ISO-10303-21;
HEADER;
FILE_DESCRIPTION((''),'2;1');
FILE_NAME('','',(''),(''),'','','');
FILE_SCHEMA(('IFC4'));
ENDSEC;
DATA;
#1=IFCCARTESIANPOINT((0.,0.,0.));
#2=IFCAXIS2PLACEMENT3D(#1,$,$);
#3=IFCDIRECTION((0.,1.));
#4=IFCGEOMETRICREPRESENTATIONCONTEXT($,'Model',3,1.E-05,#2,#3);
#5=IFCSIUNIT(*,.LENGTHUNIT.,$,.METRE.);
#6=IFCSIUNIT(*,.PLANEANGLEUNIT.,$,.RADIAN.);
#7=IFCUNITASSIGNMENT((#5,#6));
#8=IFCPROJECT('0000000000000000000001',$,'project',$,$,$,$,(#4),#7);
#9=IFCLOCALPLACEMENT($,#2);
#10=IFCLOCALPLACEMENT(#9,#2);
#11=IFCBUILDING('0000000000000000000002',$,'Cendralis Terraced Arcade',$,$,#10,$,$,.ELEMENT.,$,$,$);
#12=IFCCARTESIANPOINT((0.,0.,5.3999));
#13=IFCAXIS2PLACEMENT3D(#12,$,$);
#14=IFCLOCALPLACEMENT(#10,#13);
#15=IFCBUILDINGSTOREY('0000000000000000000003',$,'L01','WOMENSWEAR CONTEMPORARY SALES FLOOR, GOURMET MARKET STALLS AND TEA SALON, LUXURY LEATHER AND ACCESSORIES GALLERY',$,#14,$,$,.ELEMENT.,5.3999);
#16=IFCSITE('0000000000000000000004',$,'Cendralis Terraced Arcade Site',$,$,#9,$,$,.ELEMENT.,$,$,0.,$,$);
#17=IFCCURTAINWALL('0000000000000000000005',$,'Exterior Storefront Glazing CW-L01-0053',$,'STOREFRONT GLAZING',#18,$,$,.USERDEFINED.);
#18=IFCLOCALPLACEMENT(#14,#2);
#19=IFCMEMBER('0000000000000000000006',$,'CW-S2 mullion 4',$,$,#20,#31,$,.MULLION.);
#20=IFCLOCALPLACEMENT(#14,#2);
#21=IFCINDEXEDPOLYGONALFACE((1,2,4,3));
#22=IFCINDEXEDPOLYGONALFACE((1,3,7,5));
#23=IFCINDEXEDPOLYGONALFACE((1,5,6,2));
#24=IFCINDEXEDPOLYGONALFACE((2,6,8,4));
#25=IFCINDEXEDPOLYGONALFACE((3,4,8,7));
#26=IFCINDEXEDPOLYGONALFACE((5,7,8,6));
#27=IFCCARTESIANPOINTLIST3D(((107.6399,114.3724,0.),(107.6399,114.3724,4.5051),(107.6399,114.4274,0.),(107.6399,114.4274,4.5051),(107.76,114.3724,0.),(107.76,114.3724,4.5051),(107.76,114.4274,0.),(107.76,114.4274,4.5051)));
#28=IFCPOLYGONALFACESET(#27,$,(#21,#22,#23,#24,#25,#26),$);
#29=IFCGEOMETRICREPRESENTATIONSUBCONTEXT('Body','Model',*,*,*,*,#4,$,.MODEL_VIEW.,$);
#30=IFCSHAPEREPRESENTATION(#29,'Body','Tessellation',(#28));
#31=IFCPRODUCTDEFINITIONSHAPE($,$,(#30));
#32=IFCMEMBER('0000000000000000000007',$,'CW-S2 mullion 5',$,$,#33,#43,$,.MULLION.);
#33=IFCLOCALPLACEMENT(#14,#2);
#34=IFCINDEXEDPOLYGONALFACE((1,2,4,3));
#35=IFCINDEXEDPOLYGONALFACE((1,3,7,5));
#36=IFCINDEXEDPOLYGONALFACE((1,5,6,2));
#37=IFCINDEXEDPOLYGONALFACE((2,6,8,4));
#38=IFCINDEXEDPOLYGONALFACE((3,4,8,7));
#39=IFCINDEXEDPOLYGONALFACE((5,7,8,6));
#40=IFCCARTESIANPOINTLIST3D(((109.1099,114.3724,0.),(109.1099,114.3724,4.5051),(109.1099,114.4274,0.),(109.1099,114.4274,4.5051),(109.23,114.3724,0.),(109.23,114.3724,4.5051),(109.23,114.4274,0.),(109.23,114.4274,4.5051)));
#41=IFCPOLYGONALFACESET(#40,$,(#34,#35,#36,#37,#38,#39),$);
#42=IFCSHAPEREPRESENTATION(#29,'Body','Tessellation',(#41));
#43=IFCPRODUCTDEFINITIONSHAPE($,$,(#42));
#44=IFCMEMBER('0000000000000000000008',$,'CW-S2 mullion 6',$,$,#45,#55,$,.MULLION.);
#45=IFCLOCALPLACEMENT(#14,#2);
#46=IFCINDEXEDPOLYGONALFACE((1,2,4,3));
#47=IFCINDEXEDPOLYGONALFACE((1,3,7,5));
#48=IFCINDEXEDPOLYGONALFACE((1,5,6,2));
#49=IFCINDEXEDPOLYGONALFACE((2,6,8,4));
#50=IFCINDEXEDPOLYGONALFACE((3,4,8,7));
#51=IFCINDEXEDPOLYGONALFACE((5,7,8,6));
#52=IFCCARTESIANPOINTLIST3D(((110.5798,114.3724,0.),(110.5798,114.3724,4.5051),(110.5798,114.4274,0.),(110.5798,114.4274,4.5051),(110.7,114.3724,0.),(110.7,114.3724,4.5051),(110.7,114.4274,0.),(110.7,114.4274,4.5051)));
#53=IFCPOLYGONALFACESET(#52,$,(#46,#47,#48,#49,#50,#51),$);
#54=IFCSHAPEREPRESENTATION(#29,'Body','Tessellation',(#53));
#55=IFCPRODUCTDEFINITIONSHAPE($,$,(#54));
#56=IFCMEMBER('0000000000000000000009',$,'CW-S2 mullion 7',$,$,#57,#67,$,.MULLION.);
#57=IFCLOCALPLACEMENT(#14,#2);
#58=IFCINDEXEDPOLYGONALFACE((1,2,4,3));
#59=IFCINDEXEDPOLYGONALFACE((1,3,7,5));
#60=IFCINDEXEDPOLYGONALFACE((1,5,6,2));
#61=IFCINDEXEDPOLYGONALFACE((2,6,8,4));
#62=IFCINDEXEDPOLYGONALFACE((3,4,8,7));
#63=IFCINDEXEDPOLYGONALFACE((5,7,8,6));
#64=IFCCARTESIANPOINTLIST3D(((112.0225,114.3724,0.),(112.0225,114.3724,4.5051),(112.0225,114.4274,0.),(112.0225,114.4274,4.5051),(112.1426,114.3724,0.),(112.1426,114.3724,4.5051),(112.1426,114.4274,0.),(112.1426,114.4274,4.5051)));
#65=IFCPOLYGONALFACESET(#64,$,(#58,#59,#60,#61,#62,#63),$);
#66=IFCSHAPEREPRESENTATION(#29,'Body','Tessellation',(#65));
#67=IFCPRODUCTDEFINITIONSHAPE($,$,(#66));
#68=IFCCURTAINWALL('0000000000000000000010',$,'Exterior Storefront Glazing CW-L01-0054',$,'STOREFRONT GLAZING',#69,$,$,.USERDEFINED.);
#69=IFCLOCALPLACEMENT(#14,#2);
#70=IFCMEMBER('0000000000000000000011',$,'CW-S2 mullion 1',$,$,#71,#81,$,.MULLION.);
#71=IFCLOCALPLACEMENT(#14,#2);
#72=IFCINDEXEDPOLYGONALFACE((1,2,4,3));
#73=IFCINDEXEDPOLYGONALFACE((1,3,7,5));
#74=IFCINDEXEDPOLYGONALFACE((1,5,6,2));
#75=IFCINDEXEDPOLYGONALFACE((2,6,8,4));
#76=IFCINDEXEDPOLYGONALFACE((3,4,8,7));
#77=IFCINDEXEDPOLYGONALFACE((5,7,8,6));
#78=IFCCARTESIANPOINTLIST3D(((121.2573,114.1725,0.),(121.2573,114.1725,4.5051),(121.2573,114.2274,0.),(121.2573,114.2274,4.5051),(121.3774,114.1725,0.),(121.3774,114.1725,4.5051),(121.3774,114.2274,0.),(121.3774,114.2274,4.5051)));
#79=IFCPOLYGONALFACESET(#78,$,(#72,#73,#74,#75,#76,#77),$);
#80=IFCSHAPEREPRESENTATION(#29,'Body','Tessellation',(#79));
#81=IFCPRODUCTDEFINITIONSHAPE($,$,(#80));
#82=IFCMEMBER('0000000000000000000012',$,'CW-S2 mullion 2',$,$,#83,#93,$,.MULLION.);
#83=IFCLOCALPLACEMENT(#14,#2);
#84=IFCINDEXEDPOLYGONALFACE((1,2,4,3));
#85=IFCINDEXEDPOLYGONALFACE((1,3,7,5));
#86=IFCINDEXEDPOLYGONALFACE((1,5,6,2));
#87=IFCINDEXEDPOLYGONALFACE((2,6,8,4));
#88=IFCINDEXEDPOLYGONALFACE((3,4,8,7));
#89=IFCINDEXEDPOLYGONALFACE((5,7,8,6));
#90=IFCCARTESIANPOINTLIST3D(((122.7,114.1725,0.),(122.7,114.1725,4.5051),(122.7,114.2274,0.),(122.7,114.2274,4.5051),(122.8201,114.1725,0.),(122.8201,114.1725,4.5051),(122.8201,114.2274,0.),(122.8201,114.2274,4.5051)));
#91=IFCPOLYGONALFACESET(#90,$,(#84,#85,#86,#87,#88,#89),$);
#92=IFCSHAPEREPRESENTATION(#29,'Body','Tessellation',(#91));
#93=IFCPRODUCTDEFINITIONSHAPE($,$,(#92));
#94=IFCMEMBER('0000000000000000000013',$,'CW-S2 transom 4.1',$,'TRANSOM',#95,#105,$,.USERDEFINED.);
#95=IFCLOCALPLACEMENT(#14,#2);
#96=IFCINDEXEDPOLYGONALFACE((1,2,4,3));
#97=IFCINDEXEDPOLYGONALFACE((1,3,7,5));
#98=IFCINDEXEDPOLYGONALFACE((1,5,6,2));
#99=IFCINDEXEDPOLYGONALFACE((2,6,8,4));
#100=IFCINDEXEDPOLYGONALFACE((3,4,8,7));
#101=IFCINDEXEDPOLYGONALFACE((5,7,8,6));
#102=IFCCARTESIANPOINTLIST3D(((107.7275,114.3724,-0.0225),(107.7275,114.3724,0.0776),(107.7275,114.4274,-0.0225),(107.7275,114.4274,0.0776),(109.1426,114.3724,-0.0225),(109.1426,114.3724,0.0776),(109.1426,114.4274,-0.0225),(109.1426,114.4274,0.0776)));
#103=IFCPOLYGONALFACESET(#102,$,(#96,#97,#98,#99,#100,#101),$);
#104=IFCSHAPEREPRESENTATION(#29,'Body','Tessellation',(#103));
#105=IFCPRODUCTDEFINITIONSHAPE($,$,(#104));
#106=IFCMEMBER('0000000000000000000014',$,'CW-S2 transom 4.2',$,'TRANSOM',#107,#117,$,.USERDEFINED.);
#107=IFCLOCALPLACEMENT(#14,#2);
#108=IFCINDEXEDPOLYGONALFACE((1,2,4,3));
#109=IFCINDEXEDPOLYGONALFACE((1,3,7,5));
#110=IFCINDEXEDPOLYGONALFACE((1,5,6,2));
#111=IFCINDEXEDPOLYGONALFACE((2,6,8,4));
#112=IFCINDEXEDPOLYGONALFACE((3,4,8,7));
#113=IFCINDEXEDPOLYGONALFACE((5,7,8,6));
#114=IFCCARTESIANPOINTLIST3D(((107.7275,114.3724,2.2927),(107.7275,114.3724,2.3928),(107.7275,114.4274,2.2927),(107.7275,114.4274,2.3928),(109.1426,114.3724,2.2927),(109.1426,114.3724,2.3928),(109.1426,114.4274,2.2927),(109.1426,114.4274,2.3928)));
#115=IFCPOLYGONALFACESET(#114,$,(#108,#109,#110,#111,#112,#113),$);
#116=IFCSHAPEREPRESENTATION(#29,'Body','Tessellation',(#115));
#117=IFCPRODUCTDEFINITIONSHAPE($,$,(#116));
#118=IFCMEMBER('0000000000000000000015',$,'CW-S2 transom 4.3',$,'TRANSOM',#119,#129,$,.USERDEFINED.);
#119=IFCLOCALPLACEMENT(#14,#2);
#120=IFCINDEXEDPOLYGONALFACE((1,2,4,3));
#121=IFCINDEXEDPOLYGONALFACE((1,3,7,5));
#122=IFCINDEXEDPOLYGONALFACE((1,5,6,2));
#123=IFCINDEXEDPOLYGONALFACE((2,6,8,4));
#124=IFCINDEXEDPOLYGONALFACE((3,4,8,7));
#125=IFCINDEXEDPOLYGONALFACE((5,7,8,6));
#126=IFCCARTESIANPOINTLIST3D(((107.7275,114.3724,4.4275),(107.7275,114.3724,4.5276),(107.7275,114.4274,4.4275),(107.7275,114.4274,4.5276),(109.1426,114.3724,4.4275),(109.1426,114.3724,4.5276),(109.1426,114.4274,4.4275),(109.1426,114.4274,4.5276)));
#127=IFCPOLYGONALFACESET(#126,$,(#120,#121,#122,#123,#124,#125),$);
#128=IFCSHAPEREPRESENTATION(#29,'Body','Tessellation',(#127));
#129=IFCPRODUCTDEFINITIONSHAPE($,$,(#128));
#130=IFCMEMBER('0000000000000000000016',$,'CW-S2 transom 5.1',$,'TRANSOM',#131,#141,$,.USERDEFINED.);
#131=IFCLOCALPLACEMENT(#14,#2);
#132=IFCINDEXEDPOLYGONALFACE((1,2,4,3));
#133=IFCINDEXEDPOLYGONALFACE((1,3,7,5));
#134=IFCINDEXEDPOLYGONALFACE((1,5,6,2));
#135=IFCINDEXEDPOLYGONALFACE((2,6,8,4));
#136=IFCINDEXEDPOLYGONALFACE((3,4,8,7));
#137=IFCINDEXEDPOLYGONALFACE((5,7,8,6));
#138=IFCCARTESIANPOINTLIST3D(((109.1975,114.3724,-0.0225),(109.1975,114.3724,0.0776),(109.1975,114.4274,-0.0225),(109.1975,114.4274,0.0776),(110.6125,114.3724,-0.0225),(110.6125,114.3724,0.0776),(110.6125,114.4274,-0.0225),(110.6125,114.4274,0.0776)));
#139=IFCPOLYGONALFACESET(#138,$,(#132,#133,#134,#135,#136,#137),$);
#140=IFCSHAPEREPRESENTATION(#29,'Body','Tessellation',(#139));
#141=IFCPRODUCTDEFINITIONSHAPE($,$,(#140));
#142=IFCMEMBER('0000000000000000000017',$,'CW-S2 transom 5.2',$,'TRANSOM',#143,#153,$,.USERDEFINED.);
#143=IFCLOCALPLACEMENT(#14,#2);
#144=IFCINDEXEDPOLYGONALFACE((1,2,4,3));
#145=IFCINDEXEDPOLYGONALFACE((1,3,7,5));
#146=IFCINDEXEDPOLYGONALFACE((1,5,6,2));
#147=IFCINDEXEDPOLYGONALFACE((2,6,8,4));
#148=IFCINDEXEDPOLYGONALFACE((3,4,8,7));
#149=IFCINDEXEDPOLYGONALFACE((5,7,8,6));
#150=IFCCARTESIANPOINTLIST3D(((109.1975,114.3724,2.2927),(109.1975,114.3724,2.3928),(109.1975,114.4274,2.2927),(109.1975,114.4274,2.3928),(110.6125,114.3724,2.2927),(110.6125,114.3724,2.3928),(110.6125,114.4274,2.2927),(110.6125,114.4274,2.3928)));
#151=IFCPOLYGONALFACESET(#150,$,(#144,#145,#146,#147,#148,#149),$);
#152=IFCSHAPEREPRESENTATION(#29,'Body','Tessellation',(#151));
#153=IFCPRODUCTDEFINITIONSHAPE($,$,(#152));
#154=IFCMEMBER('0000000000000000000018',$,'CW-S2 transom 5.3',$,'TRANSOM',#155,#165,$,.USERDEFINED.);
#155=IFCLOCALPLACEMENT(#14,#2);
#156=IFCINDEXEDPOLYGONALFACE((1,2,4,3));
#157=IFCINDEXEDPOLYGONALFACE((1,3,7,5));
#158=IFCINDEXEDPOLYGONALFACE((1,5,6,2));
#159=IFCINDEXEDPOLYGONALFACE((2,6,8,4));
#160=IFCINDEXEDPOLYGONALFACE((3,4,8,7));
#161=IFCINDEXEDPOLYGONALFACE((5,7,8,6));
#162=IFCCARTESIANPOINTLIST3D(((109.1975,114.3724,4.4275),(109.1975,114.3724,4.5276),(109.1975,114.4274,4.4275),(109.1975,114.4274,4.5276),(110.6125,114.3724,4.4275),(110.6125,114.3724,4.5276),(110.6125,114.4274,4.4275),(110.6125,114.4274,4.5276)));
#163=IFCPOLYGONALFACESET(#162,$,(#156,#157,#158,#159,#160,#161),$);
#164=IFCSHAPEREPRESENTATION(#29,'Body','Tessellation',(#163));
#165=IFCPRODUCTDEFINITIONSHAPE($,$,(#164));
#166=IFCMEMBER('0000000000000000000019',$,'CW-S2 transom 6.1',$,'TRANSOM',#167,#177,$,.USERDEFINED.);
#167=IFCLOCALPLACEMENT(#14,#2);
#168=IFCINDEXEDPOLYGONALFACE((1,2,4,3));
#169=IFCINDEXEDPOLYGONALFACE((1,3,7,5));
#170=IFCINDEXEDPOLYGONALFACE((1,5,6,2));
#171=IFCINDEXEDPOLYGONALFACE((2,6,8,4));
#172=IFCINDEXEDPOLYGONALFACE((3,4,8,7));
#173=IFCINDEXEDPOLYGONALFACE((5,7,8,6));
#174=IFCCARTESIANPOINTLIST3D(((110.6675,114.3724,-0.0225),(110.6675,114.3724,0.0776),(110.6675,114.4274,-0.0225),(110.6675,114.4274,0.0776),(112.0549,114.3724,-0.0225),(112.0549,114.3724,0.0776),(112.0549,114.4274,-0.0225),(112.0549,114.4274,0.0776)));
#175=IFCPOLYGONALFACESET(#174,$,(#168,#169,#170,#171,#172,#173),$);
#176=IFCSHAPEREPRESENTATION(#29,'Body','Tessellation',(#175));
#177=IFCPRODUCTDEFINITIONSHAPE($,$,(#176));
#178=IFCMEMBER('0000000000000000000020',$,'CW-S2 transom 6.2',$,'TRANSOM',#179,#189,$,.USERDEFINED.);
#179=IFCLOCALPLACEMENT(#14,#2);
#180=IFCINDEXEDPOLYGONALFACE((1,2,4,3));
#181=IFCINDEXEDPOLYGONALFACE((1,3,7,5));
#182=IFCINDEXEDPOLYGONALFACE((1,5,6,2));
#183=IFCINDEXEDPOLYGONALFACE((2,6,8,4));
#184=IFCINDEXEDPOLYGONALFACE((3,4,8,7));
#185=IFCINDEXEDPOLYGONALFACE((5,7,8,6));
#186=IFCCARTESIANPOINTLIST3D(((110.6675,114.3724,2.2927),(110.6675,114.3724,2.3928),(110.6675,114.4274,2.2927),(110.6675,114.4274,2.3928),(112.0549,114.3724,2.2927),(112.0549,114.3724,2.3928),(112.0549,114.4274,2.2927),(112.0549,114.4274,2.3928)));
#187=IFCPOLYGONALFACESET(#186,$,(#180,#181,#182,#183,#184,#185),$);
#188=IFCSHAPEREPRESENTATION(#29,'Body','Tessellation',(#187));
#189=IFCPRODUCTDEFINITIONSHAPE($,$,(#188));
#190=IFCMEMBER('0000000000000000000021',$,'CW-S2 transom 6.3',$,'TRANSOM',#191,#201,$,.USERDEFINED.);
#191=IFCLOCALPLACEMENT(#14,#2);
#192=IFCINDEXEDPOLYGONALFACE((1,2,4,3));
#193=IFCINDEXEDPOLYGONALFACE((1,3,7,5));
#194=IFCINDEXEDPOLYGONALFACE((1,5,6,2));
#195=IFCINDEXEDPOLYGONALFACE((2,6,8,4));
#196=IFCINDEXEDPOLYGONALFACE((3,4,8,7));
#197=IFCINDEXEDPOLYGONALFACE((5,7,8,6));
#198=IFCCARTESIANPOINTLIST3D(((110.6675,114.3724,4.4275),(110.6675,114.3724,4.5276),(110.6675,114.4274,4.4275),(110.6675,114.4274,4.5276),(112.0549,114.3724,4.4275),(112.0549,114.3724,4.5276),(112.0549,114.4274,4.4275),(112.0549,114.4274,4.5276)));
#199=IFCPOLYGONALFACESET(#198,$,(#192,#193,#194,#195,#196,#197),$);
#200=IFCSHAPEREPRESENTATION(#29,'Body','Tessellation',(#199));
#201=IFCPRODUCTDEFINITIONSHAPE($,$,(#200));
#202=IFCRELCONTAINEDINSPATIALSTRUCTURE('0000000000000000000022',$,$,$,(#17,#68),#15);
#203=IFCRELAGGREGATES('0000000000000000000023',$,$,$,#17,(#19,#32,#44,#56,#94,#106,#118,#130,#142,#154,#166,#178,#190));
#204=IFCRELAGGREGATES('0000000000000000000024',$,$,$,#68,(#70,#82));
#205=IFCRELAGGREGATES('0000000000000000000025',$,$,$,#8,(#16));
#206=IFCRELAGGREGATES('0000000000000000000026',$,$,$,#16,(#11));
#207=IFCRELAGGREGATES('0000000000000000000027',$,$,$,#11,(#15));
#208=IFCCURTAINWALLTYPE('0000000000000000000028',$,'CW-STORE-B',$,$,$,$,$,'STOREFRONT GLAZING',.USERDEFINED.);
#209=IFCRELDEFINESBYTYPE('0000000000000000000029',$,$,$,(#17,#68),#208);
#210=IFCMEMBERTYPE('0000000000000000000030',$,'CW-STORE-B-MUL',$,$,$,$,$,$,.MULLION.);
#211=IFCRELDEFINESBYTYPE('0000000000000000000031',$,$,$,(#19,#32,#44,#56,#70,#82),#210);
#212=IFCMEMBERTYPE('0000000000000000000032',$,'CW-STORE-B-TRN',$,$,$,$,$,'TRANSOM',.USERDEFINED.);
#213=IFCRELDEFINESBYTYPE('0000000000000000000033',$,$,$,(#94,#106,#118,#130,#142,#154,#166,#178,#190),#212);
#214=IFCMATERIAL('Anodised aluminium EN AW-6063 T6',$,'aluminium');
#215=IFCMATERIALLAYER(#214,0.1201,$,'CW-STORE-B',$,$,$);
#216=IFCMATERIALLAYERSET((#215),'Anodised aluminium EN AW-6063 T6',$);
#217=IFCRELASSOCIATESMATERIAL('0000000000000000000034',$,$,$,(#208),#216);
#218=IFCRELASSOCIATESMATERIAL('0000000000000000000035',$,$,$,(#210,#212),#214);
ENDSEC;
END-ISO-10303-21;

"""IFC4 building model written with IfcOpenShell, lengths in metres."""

from ifc_helpers import new_model, si_unit, direction, frame, origin, origin_2d, place, context, subcontext, project, spatial, rectangle, extrude, material, layer, layer_set, material_profile, profile_set, type_object, element, aggregate, save


model = new_model("IFC4")

# Units and contexts
model_context = context("Model", 3, precision=1e-05, world=origin(), true_north=direction((0.0, 1.0)))
body_context = subcontext(model_context, "Body", "Model", "MODEL_VIEW")
ifc_project = project(units=[si_unit("LENGTHUNIT", "METRE"), si_unit("PLANEANGLEUNIT", "RADIAN")], contexts=[model_context])

# Site, building, storey
site_placement = place(None, origin())
site = spatial("IfcSite", under=ifc_project, at=site_placement, Name="Cendralis Terraced Arcade Site", CompositionType="ELEMENT", RefElevation=0.0)
building_placement = place(site_placement, origin())
building = spatial("IfcBuilding", under=site, at=building_placement, Name="Cendralis Terraced Arcade", CompositionType="ELEMENT")
storey_placement = place(building_placement, frame((0.0, 0.0, 5.3999)))
storey = spatial("IfcBuildingStorey", under=building, at=storey_placement, Name="L01", Description="WOMENSWEAR CONTEMPORARY SALES FLOOR, GOURMET MARKET STALLS AND TEA SALON, LUXURY LEATHER AND ACCESSORIES GALLERY", CompositionType="ELEMENT", Elevation=5.3999)

# Curtain walls, members
ifc_material_1 = material(Name="Anodised aluminium EN AW-6063 T6", Category="aluminium")
ifc_layer_1 = layer(ifc_material_1, 0.1201, Name="CW-STORE-B")
ifc_layer_set_1 = layer_set([ifc_layer_1], Name="Anodised aluminium EN AW-6063 T6")
curtain_wall_type = type_object("IfcCurtainWallType", Name="CW-STORE-B", ElementType="STOREFRONT GLAZING", PredefinedType="USERDEFINED", material=ifc_layer_set_1)
curtain_wall_1_placement = place(storey_placement, origin())
curtain_wall_1 = element("IfcCurtainWall", 1, at=curtain_wall_1_placement, inside=storey, type_object=curtain_wall_type, Name="Exterior Storefront Glazing CW-L01-0053", ObjectType="STOREFRONT GLAZING", PredefinedType="USERDEFINED")
ifc_material_profile_1 = material_profile(ifc_material_1, rectangle(XDim=0.0549, YDim=0.1201, at=origin_2d()), Name="ALU-MUL-55x120")
ifc_profile_set_1 = profile_set([ifc_material_profile_1], Name="Anodised aluminium EN AW-6063 T6")
member_type_1 = type_object("IfcMemberType", Name="CW-STORE-B-MUL", PredefinedType="MULLION", material=ifc_profile_set_1)
member_1_placement = place(storey_placement, frame((107.7, 114.3999, 0.0), z_axis=(0.0, 0.0, 1.0), x_axis=(0.0, 1.0, 0.0)))
member_1 = element("IfcMember", 2, at=member_1_placement, type_object=member_type_1, Name="CW-S2 mullion 4", PredefinedType="MULLION", context=body_context, shape_type="SweptSolid", body=[
    extrude(rectangle(XDim=0.0549, YDim=0.1201, at=origin_2d()), origin(), (0.0, 0.0, 1.0), 4.5051),
])
member_2_placement = place(storey_placement, frame((109.1699, 114.3999, 0.0), z_axis=(0.0, 0.0, 1.0), x_axis=(0.0, 1.0, 0.0)))
member_2 = element("IfcMember", 3, at=member_2_placement, type_object=member_type_1, Name="CW-S2 mullion 5", PredefinedType="MULLION", context=body_context, shape_type="SweptSolid", body=[
    extrude(rectangle(XDim=0.0549, YDim=0.1201, at=origin_2d()), origin(), (0.0, 0.0, 1.0), 4.5051),
])
member_3_placement = place(storey_placement, frame((110.6399, 114.3999, 0.0), z_axis=(0.0, 0.0, 1.0), x_axis=(0.0, 1.0, 0.0)))
member_3 = element("IfcMember", 4, at=member_3_placement, type_object=member_type_1, Name="CW-S2 mullion 6", PredefinedType="MULLION", context=body_context, shape_type="SweptSolid", body=[
    extrude(rectangle(XDim=0.0549, YDim=0.1201, at=origin_2d()), origin(), (0.0, 0.0, 1.0), 4.5051),
])
member_4_placement = place(storey_placement, frame((112.0825, 114.3999, 0.0), z_axis=(0.0, 0.0, 1.0), x_axis=(0.0, 1.0, 0.0)))
member_4 = element("IfcMember", 5, at=member_4_placement, type_object=member_type_1, Name="CW-S2 mullion 7", PredefinedType="MULLION", context=body_context, shape_type="SweptSolid", body=[
    extrude(rectangle(XDim=0.0549, YDim=0.1201, at=origin_2d()), origin(), (0.0, 0.0, 1.0), 4.5051),
])
curtain_wall_2_placement = place(storey_placement, origin())
curtain_wall_2 = element("IfcCurtainWall", 6, at=curtain_wall_2_placement, inside=storey, type_object=curtain_wall_type, Name="Exterior Storefront Glazing CW-L01-0054", ObjectType="STOREFRONT GLAZING", PredefinedType="USERDEFINED")
member_5_placement = place(storey_placement, frame((121.3174, 114.2, 0.0), z_axis=(0.0, 0.0, 1.0), x_axis=(0.0, 1.0, 0.0)))
member_5 = element("IfcMember", 7, at=member_5_placement, type_object=member_type_1, Name="CW-S2 mullion 1", PredefinedType="MULLION", context=body_context, shape_type="SweptSolid", body=[
    extrude(rectangle(XDim=0.0549, YDim=0.1201, at=origin_2d()), origin(), (0.0, 0.0, 1.0), 4.5051),
])
member_6_placement = place(storey_placement, frame((122.76, 114.2, 0.0), z_axis=(0.0, 0.0, 1.0), x_axis=(0.0, 1.0, 0.0)))
member_6 = element("IfcMember", 8, at=member_6_placement, type_object=member_type_1, Name="CW-S2 mullion 2", PredefinedType="MULLION", context=body_context, shape_type="SweptSolid", body=[
    extrude(rectangle(XDim=0.0549, YDim=0.1201, at=origin_2d()), origin(), (0.0, 0.0, 1.0), 4.5051),
])

# Members
ifc_material_profile_2 = material_profile(ifc_material_1, rectangle(XDim=0.0549, YDim=0.1001, at=origin_2d()), Name="ALU-TRN-55x100")
ifc_profile_set_2 = profile_set([ifc_material_profile_2], Name="Anodised aluminium EN AW-6063 T6")
member_type_2 = type_object("IfcMemberType", Name="CW-STORE-B-TRN", ElementType="TRANSOM", PredefinedType="USERDEFINED", material=ifc_profile_set_2)
member_7_placement = place(storey_placement, frame((107.7275, 114.3999, 0.0276), z_axis=(1.0, 0.0, 0.0), x_axis=(0.0, 1.0, 0.0)))
member_7 = element("IfcMember", 9, at=member_7_placement, type_object=member_type_2, Name="CW-S2 transom 4.1", ObjectType="TRANSOM", PredefinedType="USERDEFINED", context=body_context, shape_type="SweptSolid", body=[
    extrude(rectangle(XDim=0.0549, YDim=0.1001, at=origin_2d()), origin(), (0.0, 0.0, 1.0), 1.415),
])
member_8_placement = place(storey_placement, frame((107.7275, 114.3999, 2.3428), z_axis=(1.0, 0.0, 0.0), x_axis=(0.0, 1.0, 0.0)))
member_8 = element("IfcMember", 10, at=member_8_placement, type_object=member_type_2, Name="CW-S2 transom 4.2", ObjectType="TRANSOM", PredefinedType="USERDEFINED", context=body_context, shape_type="SweptSolid", body=[
    extrude(rectangle(XDim=0.0549, YDim=0.1001, at=origin_2d()), origin(), (0.0, 0.0, 1.0), 1.415),
])
member_9_placement = place(storey_placement, frame((107.7275, 114.3999, 4.4775), z_axis=(1.0, 0.0, 0.0), x_axis=(0.0, 1.0, 0.0)))
member_9 = element("IfcMember", 11, at=member_9_placement, type_object=member_type_2, Name="CW-S2 transom 4.3", ObjectType="TRANSOM", PredefinedType="USERDEFINED", context=body_context, shape_type="SweptSolid", body=[
    extrude(rectangle(XDim=0.0549, YDim=0.1001, at=origin_2d()), origin(), (0.0, 0.0, 1.0), 1.415),
])
member_10_placement = place(storey_placement, frame((109.1975, 114.3999, 0.0276), z_axis=(1.0, 0.0, 0.0), x_axis=(0.0, 1.0, 0.0)))
member_10 = element("IfcMember", 12, at=member_10_placement, type_object=member_type_2, Name="CW-S2 transom 5.1", ObjectType="TRANSOM", PredefinedType="USERDEFINED", context=body_context, shape_type="SweptSolid", body=[
    extrude(rectangle(XDim=0.0549, YDim=0.1001, at=origin_2d()), origin(), (0.0, 0.0, 1.0), 1.415),
])
member_11_placement = place(storey_placement, frame((109.1975, 114.3999, 2.3428), z_axis=(1.0, 0.0, 0.0), x_axis=(0.0, 1.0, 0.0)))
member_11 = element("IfcMember", 13, at=member_11_placement, type_object=member_type_2, Name="CW-S2 transom 5.2", ObjectType="TRANSOM", PredefinedType="USERDEFINED", context=body_context, shape_type="SweptSolid", body=[
    extrude(rectangle(XDim=0.0549, YDim=0.1001, at=origin_2d()), origin(), (0.0, 0.0, 1.0), 1.415),
])
member_12_placement = place(storey_placement, frame((109.1975, 114.3999, 4.4775), z_axis=(1.0, 0.0, 0.0), x_axis=(0.0, 1.0, 0.0)))
member_12 = element("IfcMember", 14, at=member_12_placement, type_object=member_type_2, Name="CW-S2 transom 5.3", ObjectType="TRANSOM", PredefinedType="USERDEFINED", context=body_context, shape_type="SweptSolid", body=[
    extrude(rectangle(XDim=0.0549, YDim=0.1001, at=origin_2d()), origin(), (0.0, 0.0, 1.0), 1.415),
])
member_13_placement = place(storey_placement, frame((110.6675, 114.3999, 0.0276), z_axis=(1.0, 0.0, 0.0), x_axis=(0.0, 1.0, 0.0)))
member_13 = element("IfcMember", 15, at=member_13_placement, type_object=member_type_2, Name="CW-S2 transom 6.1", ObjectType="TRANSOM", PredefinedType="USERDEFINED", context=body_context, shape_type="SweptSolid", body=[
    extrude(rectangle(XDim=0.0549, YDim=0.1001, at=origin_2d()), origin(), (0.0, 0.0, 1.0), 1.3875),
])
member_14_placement = place(storey_placement, frame((110.6675, 114.3999, 2.3428), z_axis=(1.0, 0.0, 0.0), x_axis=(0.0, 1.0, 0.0)))
member_14 = element("IfcMember", 16, at=member_14_placement, type_object=member_type_2, Name="CW-S2 transom 6.2", ObjectType="TRANSOM", PredefinedType="USERDEFINED", context=body_context, shape_type="SweptSolid", body=[
    extrude(rectangle(XDim=0.0549, YDim=0.1001, at=origin_2d()), origin(), (0.0, 0.0, 1.0), 1.3875),
])
member_15_placement = place(storey_placement, frame((110.6675, 114.3999, 4.4775), z_axis=(1.0, 0.0, 0.0), x_axis=(0.0, 1.0, 0.0)))
member_15 = element("IfcMember", 17, at=member_15_placement, type_object=member_type_2, Name="CW-S2 transom 6.3", ObjectType="TRANSOM", PredefinedType="USERDEFINED", context=body_context, shape_type="SweptSolid", body=[
    extrude(rectangle(XDim=0.0549, YDim=0.1001, at=origin_2d()), origin(), (0.0, 0.0, 1.0), 1.3875),
])

aggregate(curtain_wall_1, [member_1, member_2, member_3, member_4, member_7, member_8, member_9, member_10, member_11, member_12, member_13, member_14, member_15])
aggregate(curtain_wall_2, [member_5, member_6])

save(model, "model.ifc")
